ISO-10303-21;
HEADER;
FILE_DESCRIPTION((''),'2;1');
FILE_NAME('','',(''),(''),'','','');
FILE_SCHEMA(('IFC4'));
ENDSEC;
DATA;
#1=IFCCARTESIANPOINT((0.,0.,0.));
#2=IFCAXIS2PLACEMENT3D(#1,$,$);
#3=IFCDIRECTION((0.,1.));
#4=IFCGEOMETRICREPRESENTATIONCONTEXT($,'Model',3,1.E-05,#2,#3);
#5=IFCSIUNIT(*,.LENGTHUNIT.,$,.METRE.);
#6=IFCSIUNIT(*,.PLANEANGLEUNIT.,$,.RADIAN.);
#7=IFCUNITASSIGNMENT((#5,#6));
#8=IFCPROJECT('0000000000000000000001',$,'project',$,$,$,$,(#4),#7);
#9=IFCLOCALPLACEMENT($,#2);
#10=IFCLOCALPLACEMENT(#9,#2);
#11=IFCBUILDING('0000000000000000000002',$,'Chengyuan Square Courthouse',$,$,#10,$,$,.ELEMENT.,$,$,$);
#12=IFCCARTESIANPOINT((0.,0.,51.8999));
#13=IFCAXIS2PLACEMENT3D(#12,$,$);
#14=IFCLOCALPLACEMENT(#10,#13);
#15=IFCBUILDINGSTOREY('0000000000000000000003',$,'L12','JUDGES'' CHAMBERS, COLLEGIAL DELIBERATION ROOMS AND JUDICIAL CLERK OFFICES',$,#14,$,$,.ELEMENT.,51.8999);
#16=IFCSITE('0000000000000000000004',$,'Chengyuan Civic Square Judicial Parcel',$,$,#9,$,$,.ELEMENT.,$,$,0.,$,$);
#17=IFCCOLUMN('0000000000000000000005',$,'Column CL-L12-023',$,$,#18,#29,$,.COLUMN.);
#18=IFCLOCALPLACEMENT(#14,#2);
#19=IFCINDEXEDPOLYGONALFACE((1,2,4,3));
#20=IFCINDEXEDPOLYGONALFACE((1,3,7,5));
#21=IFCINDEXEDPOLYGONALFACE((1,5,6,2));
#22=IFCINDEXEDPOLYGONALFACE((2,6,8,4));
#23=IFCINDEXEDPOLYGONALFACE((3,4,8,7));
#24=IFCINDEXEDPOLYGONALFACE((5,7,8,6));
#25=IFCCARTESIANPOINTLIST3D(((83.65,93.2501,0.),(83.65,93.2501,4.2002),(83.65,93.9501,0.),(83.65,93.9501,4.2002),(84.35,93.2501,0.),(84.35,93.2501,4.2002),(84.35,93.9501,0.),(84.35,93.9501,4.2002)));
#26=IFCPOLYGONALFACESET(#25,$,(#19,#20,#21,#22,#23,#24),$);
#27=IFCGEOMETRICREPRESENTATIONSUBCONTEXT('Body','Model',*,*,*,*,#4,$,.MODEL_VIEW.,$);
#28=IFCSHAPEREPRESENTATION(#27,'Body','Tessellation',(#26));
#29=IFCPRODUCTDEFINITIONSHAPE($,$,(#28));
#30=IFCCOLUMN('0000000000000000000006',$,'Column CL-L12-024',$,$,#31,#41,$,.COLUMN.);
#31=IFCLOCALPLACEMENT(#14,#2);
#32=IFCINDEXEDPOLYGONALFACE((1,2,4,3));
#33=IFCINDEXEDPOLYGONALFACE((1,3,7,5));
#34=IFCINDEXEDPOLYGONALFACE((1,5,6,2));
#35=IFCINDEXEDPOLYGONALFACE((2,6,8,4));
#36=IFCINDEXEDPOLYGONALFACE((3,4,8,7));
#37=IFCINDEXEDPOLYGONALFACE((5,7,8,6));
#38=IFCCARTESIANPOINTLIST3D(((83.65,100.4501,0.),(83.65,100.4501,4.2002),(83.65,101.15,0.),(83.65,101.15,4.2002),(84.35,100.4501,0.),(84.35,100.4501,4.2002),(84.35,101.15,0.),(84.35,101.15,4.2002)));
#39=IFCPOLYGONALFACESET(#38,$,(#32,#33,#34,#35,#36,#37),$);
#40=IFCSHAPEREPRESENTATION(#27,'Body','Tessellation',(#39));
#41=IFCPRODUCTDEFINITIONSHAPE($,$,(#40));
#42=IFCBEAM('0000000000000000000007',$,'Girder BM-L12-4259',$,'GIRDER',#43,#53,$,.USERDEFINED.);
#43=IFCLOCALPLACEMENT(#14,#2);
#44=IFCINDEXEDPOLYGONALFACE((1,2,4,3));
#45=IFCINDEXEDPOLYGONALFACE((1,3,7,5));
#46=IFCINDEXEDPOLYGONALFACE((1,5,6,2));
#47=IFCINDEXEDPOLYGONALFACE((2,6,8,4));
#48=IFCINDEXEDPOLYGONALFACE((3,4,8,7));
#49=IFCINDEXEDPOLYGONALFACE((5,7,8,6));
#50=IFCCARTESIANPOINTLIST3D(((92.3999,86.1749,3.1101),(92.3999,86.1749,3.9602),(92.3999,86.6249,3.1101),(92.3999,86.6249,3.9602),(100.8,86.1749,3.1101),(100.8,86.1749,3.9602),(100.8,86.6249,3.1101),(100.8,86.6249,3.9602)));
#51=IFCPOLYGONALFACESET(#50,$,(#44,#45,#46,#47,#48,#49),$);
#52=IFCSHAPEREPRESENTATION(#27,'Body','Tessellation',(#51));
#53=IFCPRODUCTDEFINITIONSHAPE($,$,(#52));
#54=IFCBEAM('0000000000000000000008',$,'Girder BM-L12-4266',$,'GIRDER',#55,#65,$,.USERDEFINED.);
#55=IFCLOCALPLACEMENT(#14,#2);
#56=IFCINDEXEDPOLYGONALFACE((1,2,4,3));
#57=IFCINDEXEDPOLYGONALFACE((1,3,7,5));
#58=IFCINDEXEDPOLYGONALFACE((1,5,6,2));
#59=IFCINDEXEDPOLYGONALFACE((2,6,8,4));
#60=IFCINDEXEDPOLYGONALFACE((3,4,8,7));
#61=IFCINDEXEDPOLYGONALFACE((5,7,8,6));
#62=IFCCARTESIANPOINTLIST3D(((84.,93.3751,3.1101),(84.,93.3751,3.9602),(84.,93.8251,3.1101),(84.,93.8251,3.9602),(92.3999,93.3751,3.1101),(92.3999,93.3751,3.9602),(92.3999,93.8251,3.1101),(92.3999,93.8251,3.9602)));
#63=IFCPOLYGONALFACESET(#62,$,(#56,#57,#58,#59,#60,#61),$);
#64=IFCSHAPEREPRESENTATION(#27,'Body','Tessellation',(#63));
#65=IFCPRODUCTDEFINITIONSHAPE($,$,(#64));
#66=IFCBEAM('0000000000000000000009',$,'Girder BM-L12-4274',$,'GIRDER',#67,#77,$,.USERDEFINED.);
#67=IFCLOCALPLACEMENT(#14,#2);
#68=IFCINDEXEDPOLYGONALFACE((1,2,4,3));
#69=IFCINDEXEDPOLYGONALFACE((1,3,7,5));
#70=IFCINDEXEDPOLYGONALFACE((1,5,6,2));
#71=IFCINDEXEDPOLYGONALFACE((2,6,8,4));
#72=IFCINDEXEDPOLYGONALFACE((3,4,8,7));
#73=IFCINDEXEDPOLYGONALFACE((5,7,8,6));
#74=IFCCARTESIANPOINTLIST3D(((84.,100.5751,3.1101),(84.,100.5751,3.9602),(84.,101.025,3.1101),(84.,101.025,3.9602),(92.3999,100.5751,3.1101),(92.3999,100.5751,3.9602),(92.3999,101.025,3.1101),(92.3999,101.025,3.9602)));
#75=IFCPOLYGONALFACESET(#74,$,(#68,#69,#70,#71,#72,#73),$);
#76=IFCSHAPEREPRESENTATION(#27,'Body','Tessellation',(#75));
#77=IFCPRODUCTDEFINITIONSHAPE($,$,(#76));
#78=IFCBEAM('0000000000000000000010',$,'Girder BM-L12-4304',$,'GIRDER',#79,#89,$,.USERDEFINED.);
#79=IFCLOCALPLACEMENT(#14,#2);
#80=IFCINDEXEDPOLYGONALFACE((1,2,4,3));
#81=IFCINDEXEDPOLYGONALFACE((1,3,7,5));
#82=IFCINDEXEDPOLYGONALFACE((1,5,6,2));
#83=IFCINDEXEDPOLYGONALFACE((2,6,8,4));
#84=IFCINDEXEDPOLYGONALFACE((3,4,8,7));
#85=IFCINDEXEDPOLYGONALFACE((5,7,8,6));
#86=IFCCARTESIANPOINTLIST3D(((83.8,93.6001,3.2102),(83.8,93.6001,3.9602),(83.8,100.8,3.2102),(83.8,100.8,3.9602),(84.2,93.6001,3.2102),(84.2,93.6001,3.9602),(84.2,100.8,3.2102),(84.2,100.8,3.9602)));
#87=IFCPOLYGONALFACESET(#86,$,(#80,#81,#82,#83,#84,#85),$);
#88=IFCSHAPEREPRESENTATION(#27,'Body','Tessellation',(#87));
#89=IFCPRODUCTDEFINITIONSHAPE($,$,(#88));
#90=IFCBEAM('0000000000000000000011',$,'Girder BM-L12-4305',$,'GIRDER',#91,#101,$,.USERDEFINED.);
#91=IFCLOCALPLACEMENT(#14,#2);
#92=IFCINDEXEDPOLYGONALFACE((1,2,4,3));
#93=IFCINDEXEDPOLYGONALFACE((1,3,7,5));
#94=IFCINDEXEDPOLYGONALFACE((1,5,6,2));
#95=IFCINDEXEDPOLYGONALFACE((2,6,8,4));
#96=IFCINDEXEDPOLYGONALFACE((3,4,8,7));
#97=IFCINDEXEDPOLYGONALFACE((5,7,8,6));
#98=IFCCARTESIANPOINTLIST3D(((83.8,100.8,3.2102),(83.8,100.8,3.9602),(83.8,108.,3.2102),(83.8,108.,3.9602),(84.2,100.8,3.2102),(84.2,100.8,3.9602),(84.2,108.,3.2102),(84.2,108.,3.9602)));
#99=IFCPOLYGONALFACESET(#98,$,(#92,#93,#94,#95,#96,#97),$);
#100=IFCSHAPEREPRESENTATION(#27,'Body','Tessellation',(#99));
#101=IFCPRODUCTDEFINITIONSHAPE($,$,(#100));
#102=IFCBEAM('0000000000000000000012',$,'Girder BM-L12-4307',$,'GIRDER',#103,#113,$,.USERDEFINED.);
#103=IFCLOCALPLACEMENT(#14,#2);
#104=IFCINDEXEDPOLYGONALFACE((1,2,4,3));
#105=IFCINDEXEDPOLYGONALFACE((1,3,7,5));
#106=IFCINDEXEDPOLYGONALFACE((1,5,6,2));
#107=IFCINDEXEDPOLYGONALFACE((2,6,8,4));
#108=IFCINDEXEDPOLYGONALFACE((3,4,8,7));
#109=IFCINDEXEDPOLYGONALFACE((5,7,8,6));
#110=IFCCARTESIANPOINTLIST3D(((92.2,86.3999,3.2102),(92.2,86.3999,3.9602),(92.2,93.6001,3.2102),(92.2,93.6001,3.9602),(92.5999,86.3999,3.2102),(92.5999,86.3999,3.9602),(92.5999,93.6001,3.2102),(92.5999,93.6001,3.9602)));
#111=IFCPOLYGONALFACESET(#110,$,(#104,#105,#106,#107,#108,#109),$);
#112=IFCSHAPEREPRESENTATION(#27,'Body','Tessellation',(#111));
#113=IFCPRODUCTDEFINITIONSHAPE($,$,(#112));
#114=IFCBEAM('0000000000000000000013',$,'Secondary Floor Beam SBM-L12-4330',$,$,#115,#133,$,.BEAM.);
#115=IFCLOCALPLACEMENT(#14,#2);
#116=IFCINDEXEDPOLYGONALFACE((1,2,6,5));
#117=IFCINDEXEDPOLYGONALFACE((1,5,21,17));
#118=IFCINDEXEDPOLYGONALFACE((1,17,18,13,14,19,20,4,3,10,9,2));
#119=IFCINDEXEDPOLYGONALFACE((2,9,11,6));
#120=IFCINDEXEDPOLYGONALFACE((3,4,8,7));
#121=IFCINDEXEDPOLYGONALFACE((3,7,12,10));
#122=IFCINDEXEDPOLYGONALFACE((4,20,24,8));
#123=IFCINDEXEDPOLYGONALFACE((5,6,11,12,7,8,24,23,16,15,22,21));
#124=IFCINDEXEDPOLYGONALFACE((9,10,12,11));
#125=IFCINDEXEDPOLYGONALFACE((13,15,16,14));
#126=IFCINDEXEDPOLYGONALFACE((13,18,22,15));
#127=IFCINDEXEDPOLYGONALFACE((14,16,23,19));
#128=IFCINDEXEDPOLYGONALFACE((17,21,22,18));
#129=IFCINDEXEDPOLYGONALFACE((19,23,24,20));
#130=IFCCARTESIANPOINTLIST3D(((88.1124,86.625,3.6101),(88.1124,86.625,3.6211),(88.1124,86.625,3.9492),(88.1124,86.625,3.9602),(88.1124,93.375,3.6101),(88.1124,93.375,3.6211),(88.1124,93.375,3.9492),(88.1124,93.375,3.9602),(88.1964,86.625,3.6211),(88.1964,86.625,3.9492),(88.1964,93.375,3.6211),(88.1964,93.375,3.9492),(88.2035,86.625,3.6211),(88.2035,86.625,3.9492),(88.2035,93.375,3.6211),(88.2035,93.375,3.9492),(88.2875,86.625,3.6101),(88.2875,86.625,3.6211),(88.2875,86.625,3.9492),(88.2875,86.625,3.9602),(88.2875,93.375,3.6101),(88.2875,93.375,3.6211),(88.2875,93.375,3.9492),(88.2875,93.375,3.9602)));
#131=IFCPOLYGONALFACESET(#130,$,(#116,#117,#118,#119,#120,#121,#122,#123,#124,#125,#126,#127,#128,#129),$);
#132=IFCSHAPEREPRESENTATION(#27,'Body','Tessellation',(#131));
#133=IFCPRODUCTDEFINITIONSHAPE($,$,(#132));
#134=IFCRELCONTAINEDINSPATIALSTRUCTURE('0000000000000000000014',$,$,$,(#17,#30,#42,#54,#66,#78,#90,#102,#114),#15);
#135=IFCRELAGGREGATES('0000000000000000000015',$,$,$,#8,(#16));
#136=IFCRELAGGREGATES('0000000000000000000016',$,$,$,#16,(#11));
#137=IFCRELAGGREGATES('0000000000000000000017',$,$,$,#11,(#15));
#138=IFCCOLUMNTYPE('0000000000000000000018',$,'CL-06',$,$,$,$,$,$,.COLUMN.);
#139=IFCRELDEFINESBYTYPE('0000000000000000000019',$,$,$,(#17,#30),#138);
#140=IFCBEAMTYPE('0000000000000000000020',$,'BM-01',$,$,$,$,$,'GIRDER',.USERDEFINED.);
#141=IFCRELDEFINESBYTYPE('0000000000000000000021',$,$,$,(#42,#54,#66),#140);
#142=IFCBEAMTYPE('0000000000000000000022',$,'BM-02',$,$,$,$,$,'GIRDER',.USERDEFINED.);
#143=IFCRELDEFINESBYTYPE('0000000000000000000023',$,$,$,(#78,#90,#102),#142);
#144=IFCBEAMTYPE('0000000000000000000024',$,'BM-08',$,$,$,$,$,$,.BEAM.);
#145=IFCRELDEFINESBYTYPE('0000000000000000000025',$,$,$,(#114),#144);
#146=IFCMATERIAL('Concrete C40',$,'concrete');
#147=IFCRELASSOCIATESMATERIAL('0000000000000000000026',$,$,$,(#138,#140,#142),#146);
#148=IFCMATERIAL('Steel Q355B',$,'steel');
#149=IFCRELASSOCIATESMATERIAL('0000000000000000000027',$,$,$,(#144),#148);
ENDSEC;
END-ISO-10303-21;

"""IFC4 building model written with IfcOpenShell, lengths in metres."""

from ifc_helpers import new_model, si_unit, direction, frame, origin, origin_2d, place, context, subcontext, project, spatial, rectangle, i_section, extrude, material, material_profile, profile_set, type_object, element, save


model = new_model("IFC4")

# Units and contexts
model_context = context("Model", 3, precision=1e-05, world=origin(), true_north=direction((0.0, 1.0)))
body_context = subcontext(model_context, "Body", "Model", "MODEL_VIEW")
ifc_project = project(units=[si_unit("LENGTHUNIT", "METRE"), si_unit("PLANEANGLEUNIT", "RADIAN")], contexts=[model_context])

# Site, building, storey
site_placement = place(None, origin())
site = spatial("IfcSite", under=ifc_project, at=site_placement, Name="Chengyuan Civic Square Judicial Parcel", CompositionType="ELEMENT", RefElevation=0.0)
building_placement = place(site_placement, origin())
building = spatial("IfcBuilding", under=site, at=building_placement, Name="Chengyuan Square Courthouse", CompositionType="ELEMENT")
storey_placement = place(building_placement, frame((0.0, 0.0, 51.8999)))
storey = spatial("IfcBuildingStorey", under=building, at=storey_placement, Name="L12", Description="JUDGES' CHAMBERS, COLLEGIAL DELIBERATION ROOMS AND JUDICIAL CLERK OFFICES", CompositionType="ELEMENT", Elevation=51.8999)

# Columns
ifc_material_1 = material(Name="Concrete C40", Category="concrete")
ifc_material_profile_1 = material_profile(ifc_material_1, rectangle(XDim=0.7, YDim=0.7, at=origin_2d()), Name="RC-COL-700x700")
ifc_profile_set_1 = profile_set([ifc_material_profile_1], Name="Concrete C40")
column_type = type_object("IfcColumnType", Name="CL-06", PredefinedType="COLUMN", material=ifc_profile_set_1)
for number, where, z_axis, x_axis, name in (
    (1, (84.0, 93.6001, 0.0), (0.0, 0.0, 1.0), (1.0, 0.0, 0.0), "Column CL-L12-023"),
    (2, (84.0, 100.8, 0.0), (0.0, 0.0, 1.0), (1.0, 0.0, 0.0), "Column CL-L12-024"),
):
    element("IfcColumn", number, at=place(storey_placement, frame(where, z_axis=z_axis, x_axis=x_axis)), inside=storey, type_object=column_type, Name=name, PredefinedType="COLUMN", context=body_context, shape_type="SweptSolid", body=[
        extrude(rectangle(XDim=0.7, YDim=0.7, at=origin_2d()), origin(), (0.0, 0.0, 1.0), 4.2002),
    ])

# Beams
ifc_material_profile_2 = material_profile(ifc_material_1, rectangle(XDim=0.45, YDim=0.8501, at=origin_2d()), Name="RC-BM-450x850")
ifc_profile_set_2 = profile_set([ifc_material_profile_2], Name="Concrete C40")
beam_type_1 = type_object("IfcBeamType", Name="BM-01", ElementType="GIRDER", PredefinedType="USERDEFINED", material=ifc_profile_set_2)
beam_1_placement = place(storey_placement, frame((92.3999, 86.3999, 3.5352), z_axis=(1.0, 0.0, 0.0), x_axis=(0.0, 1.0, 0.0)))
element("IfcBeam", 3, at=beam_1_placement, inside=storey, type_object=beam_type_1, Name="Girder BM-L12-4259", ObjectType="GIRDER", PredefinedType="USERDEFINED", context=body_context, shape_type="SweptSolid", body=[
    extrude(rectangle(XDim=0.45, YDim=0.8501, at=origin_2d()), origin(), (0.0, 0.0, 1.0), 8.4001),
])
for number, where, z_axis, x_axis, name in (
    (4, (84.0, 93.6001, 3.5352), (1.0, 0.0, 0.0), (0.0, 1.0, 0.0), "Girder BM-L12-4266"),
    (5, (84.0, 100.8, 3.5352), (1.0, 0.0, 0.0), (0.0, 1.0, 0.0), "Girder BM-L12-4274"),
):
    element("IfcBeam", number, at=place(storey_placement, frame(where, z_axis=z_axis, x_axis=x_axis)), inside=storey, type_object=beam_type_1, Name=name, ObjectType="GIRDER", PredefinedType="USERDEFINED", context=body_context, shape_type="SweptSolid", body=[
        extrude(rectangle(XDim=0.45, YDim=0.8501, at=origin_2d()), origin(), (0.0, 0.0, 1.0), 8.3999),
    ])
ifc_material_profile_3 = material_profile(ifc_material_1, rectangle(XDim=0.3999, YDim=0.75, at=origin_2d()), Name="RC-BM-400x750")
ifc_profile_set_3 = profile_set([ifc_material_profile_3], Name="Concrete C40")
beam_type_2 = type_object("IfcBeamType", Name="BM-02", ElementType="GIRDER", PredefinedType="USERDEFINED", material=ifc_profile_set_3)
for number, where, z_axis, x_axis, name in (
    (6, (84.0, 93.6001, 3.5852), (0.0, 1.0, 0.0), (-1.0, 0.0, 0.0), "Girder BM-L12-4304"),
    (7, (84.0, 100.8, 3.5852), (0.0, 1.0, 0.0), (-1.0, 0.0, 0.0), "Girder BM-L12-4305"),
):
    element("IfcBeam", number, at=place(storey_placement, frame(where, z_axis=z_axis, x_axis=x_axis)), inside=storey, type_object=beam_type_2, Name=name, ObjectType="GIRDER", PredefinedType="USERDEFINED", context=body_context, shape_type="SweptSolid", body=[
        extrude(rectangle(XDim=0.3999, YDim=0.75, at=origin_2d()), origin(), (0.0, 0.0, 1.0), 7.2),
    ])
beam_2_placement = place(storey_placement, frame((92.3999, 86.3999, 3.5852), z_axis=(0.0, 1.0, 0.0), x_axis=(-1.0, 0.0, 0.0)))
element("IfcBeam", 8, at=beam_2_placement, inside=storey, type_object=beam_type_2, Name="Girder BM-L12-4307", ObjectType="GIRDER", PredefinedType="USERDEFINED", context=body_context, shape_type="SweptSolid", body=[
    extrude(rectangle(XDim=0.3999, YDim=0.75, at=origin_2d()), origin(), (0.0, 0.0, 1.0), 7.2002),
])
ifc_material_2 = material(Name="Steel Q355B", Category="steel")
ifc_material_profile_4 = material_profile(ifc_material_2, i_section(OverallWidth=0.175, OverallDepth=0.3501, WebThickness=0.0071, FlangeThickness=0.011, at=origin_2d()), Name="HN 350x175x7x11")
ifc_profile_set_4 = profile_set([ifc_material_profile_4], Name="Steel Q355B")
beam_type_3 = type_object("IfcBeamType", Name="BM-08", PredefinedType="BEAM", material=ifc_profile_set_4)
beam_3_placement = place(storey_placement, frame((88.2, 86.625, 3.7852), z_axis=(0.0, 1.0, 0.0), x_axis=(-1.0, 0.0, 0.0)))
element("IfcBeam", 9, at=beam_3_placement, inside=storey, type_object=beam_type_3, Name="Secondary Floor Beam SBM-L12-4330", PredefinedType="BEAM", context=body_context, shape_type="SweptSolid", body=[
    extrude(i_section(OverallWidth=0.175, OverallDepth=0.3501, WebThickness=0.0071, FlangeThickness=0.011, at=origin_2d()), origin(), (0.0, 0.0, 1.0), 6.75),
])

save(model, "model.ifc")
